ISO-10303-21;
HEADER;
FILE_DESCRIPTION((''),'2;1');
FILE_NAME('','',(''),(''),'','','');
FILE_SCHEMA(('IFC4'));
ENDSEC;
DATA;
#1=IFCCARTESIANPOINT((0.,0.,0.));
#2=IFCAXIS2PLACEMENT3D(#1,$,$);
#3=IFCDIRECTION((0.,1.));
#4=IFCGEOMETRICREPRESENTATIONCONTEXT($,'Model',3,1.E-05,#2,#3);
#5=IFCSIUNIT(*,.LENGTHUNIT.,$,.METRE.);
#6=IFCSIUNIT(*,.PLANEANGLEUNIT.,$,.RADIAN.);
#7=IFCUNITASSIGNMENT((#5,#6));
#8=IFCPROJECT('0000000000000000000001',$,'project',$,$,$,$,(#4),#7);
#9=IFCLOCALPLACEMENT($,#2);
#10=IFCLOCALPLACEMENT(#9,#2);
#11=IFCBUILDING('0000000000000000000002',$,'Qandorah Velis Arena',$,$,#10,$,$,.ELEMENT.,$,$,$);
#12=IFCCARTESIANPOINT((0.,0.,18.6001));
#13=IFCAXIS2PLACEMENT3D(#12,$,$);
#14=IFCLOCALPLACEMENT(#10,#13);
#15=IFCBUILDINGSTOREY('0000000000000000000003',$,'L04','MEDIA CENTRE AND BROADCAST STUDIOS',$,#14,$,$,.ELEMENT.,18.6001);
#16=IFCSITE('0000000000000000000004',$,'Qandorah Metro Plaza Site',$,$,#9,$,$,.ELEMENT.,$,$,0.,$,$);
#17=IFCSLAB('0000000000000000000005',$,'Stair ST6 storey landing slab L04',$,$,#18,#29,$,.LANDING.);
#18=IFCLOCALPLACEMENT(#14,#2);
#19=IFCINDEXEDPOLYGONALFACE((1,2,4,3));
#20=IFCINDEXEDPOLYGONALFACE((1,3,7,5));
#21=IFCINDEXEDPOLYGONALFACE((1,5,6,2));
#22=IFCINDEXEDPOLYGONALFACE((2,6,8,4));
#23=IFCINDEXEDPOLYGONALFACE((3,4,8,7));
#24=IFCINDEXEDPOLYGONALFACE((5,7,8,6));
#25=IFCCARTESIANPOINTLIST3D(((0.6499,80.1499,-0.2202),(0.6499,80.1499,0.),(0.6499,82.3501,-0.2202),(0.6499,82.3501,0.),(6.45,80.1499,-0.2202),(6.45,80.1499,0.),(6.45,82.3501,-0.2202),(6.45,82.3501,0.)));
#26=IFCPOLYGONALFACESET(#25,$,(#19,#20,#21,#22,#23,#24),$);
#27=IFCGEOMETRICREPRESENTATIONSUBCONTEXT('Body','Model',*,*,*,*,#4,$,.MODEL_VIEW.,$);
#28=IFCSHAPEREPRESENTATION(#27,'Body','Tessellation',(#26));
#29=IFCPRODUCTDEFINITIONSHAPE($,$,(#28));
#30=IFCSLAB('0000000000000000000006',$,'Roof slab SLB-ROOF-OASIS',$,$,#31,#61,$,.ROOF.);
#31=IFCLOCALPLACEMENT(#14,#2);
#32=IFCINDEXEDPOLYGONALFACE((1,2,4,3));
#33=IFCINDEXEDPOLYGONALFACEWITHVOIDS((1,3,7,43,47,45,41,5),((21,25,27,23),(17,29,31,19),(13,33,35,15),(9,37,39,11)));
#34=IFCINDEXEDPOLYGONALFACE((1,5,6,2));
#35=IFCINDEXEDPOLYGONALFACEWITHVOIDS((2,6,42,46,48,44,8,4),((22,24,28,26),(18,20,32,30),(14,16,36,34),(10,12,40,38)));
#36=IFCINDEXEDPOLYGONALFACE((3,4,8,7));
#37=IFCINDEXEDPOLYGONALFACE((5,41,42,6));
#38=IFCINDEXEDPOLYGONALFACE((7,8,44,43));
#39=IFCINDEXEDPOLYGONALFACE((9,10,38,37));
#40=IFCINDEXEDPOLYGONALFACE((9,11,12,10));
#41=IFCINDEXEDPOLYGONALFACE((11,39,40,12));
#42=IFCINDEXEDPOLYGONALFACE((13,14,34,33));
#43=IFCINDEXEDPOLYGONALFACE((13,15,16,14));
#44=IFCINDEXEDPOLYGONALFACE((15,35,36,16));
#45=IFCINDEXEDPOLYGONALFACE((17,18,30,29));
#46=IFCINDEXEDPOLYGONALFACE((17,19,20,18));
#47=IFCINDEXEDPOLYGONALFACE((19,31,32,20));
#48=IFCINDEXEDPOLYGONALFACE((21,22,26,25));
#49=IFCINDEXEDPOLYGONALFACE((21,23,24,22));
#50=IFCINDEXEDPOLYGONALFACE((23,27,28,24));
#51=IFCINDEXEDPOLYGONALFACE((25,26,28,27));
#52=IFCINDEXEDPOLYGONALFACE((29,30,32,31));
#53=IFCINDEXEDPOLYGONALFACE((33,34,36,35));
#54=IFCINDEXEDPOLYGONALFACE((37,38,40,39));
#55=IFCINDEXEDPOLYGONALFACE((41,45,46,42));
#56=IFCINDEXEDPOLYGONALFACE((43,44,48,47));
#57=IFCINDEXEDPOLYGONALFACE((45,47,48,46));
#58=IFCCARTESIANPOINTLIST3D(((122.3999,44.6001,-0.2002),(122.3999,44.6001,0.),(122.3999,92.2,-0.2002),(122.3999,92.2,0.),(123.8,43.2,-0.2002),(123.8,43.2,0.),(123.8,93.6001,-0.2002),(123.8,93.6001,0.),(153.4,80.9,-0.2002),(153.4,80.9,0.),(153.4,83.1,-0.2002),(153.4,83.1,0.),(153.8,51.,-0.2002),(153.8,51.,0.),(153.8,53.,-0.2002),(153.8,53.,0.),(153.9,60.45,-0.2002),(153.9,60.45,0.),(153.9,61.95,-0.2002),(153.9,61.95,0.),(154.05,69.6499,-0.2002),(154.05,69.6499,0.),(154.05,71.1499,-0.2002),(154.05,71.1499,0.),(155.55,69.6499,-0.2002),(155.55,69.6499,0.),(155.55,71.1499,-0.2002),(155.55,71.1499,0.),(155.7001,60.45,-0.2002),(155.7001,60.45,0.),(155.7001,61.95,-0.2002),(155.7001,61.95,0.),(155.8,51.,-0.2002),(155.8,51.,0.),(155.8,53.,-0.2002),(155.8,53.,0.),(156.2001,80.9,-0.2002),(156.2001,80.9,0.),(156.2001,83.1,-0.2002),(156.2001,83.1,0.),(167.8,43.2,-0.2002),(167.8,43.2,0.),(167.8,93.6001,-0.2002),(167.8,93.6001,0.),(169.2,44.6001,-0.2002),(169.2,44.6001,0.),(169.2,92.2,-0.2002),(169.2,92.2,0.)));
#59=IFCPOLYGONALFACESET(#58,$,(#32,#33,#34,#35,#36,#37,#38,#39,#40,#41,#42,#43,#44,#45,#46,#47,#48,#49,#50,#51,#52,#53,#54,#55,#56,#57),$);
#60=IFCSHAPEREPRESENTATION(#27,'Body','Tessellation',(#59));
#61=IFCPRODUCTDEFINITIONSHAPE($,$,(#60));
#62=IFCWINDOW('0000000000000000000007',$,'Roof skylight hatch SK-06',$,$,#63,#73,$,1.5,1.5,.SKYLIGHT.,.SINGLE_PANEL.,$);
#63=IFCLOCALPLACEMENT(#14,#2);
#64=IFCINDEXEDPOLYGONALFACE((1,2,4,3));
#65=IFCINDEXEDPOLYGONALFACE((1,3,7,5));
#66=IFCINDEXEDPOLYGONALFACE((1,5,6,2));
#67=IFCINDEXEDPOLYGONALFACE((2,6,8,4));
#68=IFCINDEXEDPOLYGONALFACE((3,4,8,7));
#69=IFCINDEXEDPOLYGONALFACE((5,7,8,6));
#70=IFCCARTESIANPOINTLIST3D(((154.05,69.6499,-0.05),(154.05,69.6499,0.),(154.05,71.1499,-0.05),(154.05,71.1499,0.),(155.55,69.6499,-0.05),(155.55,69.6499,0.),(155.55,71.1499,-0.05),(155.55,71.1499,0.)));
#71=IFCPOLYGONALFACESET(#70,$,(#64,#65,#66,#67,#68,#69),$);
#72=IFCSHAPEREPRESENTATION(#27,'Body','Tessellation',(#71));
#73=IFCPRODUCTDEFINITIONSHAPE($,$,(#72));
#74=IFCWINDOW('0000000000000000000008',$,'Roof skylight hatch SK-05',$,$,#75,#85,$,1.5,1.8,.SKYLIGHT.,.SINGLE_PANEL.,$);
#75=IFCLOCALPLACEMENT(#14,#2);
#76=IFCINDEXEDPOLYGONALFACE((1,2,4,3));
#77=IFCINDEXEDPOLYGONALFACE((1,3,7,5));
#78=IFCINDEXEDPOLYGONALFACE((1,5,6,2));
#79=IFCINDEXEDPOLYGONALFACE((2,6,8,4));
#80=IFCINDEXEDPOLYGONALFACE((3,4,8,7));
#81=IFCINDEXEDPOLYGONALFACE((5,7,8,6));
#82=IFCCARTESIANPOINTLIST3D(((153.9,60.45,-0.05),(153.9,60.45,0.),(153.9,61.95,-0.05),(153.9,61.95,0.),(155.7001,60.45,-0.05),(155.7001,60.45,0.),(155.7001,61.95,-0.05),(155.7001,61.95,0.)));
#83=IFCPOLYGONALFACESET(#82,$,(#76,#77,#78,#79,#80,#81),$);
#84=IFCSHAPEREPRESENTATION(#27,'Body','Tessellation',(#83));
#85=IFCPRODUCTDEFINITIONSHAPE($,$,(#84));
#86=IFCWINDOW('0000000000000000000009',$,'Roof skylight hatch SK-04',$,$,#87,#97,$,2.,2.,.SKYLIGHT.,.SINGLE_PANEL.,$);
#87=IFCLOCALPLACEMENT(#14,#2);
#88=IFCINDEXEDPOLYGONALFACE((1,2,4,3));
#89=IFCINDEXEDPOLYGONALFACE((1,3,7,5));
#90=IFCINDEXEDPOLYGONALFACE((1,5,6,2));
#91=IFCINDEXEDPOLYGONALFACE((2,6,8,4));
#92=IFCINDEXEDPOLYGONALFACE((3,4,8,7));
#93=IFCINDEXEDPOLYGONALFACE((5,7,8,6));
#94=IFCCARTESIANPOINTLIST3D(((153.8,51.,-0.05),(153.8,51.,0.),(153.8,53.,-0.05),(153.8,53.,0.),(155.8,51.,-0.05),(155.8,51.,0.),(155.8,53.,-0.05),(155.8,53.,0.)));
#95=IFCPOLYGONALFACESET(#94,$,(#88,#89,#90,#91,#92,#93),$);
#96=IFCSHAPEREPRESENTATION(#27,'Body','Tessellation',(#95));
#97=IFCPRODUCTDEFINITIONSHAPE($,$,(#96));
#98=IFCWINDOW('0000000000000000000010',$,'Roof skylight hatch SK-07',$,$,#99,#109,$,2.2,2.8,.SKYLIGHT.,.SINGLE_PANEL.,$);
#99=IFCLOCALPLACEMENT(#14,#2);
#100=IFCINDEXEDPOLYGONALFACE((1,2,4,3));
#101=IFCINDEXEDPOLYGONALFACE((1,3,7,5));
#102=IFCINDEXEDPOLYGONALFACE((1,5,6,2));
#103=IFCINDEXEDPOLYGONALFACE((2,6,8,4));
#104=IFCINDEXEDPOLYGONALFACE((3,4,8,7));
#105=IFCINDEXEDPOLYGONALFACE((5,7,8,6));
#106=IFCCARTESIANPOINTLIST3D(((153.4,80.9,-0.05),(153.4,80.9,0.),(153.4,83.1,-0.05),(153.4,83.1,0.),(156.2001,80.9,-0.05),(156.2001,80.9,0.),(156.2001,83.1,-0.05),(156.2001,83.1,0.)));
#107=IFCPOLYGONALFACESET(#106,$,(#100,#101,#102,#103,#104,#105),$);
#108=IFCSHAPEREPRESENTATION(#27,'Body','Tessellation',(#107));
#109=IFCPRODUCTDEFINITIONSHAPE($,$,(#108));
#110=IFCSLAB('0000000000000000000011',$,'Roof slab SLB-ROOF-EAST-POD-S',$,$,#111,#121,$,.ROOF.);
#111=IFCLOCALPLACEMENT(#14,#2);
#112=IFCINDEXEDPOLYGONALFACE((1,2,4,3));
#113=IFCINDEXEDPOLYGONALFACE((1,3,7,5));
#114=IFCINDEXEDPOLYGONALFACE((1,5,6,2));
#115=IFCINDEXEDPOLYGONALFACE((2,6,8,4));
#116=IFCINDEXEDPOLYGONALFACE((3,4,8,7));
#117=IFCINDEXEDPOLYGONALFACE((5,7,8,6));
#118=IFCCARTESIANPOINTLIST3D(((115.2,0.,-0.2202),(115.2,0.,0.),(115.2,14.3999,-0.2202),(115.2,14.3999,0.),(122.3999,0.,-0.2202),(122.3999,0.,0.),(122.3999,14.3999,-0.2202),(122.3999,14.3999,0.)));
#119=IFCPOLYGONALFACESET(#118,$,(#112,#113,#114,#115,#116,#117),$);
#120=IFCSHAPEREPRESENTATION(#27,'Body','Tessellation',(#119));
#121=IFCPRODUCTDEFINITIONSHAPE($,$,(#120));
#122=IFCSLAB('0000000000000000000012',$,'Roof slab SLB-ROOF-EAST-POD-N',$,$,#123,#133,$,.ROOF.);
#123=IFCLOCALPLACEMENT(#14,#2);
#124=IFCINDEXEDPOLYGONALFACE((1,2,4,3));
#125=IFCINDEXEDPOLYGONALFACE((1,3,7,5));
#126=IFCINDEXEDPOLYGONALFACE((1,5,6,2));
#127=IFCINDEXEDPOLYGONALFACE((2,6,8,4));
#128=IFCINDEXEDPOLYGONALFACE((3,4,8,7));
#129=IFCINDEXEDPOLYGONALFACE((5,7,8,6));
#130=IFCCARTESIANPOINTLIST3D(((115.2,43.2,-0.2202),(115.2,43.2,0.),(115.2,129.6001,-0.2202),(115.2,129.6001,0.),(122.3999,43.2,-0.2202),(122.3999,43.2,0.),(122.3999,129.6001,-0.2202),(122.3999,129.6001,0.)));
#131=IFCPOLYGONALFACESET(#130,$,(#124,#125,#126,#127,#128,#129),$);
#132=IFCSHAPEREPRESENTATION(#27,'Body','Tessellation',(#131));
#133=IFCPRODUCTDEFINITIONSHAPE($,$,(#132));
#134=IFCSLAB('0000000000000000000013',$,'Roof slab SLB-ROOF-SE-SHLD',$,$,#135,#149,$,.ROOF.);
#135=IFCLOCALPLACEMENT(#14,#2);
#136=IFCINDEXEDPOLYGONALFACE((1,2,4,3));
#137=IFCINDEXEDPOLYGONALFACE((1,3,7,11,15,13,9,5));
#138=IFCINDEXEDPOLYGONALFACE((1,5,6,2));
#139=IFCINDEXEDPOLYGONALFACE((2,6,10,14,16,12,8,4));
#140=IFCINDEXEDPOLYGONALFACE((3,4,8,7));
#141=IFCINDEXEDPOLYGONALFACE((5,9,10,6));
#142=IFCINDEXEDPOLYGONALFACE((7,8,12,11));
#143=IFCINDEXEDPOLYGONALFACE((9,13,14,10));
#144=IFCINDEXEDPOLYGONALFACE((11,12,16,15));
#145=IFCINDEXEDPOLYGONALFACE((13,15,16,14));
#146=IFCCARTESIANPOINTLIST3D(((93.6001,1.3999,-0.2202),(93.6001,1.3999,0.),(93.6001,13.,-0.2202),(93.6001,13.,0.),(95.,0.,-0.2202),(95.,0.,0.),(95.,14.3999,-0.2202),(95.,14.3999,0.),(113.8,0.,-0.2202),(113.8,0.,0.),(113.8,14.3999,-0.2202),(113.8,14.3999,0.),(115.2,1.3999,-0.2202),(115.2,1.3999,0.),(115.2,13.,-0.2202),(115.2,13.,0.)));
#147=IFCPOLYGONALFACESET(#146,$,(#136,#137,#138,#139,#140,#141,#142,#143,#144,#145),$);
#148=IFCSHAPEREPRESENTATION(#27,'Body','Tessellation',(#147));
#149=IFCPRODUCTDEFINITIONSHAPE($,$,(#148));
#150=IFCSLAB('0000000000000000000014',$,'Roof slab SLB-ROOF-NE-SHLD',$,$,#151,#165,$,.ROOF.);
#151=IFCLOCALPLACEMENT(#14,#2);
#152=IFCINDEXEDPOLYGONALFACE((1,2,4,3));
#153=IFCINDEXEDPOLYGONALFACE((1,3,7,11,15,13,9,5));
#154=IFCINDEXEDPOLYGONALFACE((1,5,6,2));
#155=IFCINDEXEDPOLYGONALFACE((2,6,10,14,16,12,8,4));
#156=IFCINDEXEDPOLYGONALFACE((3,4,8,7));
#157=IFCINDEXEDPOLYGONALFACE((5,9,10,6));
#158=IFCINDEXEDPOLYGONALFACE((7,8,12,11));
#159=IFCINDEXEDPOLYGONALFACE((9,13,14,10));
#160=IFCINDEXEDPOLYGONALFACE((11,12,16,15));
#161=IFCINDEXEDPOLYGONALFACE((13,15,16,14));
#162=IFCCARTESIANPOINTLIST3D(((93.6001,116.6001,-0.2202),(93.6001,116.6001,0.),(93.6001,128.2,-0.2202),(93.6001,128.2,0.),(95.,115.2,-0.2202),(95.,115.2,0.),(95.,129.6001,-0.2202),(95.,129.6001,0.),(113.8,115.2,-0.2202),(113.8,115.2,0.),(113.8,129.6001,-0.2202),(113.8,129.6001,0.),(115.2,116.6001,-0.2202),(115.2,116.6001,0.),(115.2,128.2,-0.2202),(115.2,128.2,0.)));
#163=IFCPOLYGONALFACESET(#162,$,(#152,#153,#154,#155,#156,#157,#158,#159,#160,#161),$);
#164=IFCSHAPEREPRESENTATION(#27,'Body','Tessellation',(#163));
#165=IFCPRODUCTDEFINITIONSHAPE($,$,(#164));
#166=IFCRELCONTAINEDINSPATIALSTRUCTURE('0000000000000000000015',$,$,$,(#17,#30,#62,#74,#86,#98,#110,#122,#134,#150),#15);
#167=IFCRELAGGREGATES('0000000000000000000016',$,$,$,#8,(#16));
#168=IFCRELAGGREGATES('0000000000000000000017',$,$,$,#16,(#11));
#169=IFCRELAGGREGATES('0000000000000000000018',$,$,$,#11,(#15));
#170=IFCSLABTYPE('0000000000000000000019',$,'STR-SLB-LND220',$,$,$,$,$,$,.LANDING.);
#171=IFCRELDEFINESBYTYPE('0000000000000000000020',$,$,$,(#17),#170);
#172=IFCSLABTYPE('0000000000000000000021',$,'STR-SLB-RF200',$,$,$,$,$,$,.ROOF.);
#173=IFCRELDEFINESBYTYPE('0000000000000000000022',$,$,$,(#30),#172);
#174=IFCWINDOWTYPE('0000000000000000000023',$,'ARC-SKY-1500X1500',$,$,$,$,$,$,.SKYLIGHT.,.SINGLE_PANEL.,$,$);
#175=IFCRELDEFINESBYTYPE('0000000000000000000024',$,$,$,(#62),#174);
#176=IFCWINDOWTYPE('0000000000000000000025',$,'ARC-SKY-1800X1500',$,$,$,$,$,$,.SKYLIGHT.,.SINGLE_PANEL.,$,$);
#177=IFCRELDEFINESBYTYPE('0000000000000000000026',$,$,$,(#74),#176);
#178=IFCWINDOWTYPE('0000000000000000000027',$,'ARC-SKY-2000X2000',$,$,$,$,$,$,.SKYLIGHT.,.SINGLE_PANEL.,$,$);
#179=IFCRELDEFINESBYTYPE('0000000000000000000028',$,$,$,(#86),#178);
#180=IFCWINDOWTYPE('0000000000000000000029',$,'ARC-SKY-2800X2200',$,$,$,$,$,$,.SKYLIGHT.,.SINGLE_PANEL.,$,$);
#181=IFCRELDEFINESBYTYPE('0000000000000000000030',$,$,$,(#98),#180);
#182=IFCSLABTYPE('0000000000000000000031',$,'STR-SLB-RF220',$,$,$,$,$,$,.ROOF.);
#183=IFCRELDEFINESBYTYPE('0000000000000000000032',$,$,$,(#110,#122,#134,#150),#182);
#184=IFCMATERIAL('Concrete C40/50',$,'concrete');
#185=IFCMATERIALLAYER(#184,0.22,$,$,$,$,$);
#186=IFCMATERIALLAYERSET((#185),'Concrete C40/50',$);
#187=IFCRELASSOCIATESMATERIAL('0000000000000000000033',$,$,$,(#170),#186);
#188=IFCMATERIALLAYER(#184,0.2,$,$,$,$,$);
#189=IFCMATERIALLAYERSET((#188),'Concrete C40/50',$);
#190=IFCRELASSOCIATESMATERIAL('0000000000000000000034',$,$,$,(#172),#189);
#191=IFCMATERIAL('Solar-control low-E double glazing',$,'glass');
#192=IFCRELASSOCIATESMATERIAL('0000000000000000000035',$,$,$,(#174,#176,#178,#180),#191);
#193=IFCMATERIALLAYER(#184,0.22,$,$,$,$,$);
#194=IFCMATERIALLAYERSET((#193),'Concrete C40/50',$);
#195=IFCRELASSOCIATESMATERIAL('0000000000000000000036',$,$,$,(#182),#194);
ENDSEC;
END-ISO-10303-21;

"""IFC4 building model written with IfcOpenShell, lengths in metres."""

from ifc_helpers import new_model, si_unit, direction, frame, origin, origin_2d, place, context, subcontext, project, spatial, polyline, rectangle, outline, extrude, material, layer, layer_set, type_object, element, fill, save


model = new_model("IFC4")

# Units and contexts
model_context = context("Model", 3, precision=1e-05, world=origin(), true_north=direction((0.0, 1.0)))
body_context = subcontext(model_context, "Body", "Model", "MODEL_VIEW")
ifc_project = project(units=[si_unit("LENGTHUNIT", "METRE"), si_unit("PLANEANGLEUNIT", "RADIAN")], contexts=[model_context])

# Site, building, storey
site_placement = place(None, origin())
site = spatial("IfcSite", under=ifc_project, at=site_placement, Name="Qandorah Metro Plaza Site", CompositionType="ELEMENT", RefElevation=0.0)
building_placement = place(site_placement, origin())
building = spatial("IfcBuilding", under=site, at=building_placement, Name="Qandorah Velis Arena", CompositionType="ELEMENT")
storey_placement = place(building_placement, frame((0.0, 0.0, 18.6001)))
storey = spatial("IfcBuildingStorey", under=building, at=storey_placement, Name="L04", Description="MEDIA CENTRE AND BROADCAST STUDIOS", CompositionType="ELEMENT", Elevation=18.6001)

# Shared definitions
ifc_material_1 = material(Name="Concrete C40/50", Category="concrete")

# Shared definitions
ifc_layer_1 = layer(ifc_material_1, 0.22)
ifc_layer_set_1 = layer_set([ifc_layer_1], Name="Concrete C40/50")
slab_type_1 = type_object("IfcSlabType", Name="STR-SLB-LND220", PredefinedType="LANDING", material=ifc_layer_set_1)

# Slab
slab_1_placement = place(storey_placement, frame((0.0, 0.0, -0.2202)))
element("IfcSlab", 1, at=slab_1_placement, inside=storey, type_object=slab_type_1, Name="Stair ST6 storey landing slab L04", PredefinedType="LANDING", context=body_context, shape_type="SweptSolid", body=[
    extrude(outline(polyline([(0.6499, 80.1499), (6.45, 80.1499), (6.45, 82.3501), (0.6499, 82.3501), (0.6499, 80.1499)])), origin(), (0.0, 0.0, 1.0), 0.2202),
])

# Slab, openings, windows
ifc_layer_2 = layer(ifc_material_1, 0.2)
ifc_layer_set_2 = layer_set([ifc_layer_2], Name="Concrete C40/50")
slab_type_2 = type_object("IfcSlabType", Name="STR-SLB-RF200", PredefinedType="ROOF", material=ifc_layer_set_2)
slab_2_placement = place(storey_placement, frame((0.0, 0.0, -0.2002)))
slab_2 = element("IfcSlab", 2, at=slab_2_placement, inside=storey, type_object=slab_type_2, Name="Roof slab SLB-ROOF-OASIS", PredefinedType="ROOF", context=body_context, shape_type="SweptSolid", body=[
    extrude(outline(polyline([(123.8, 43.2), (167.8, 43.2), (169.2, 44.6001), (169.2, 92.2), (167.8, 93.6001), (123.8, 93.6001), (122.3999, 92.2), (122.3999, 44.6001), (123.8, 43.2)])), origin(), (0.0, 0.0, 1.0), 0.2002),
])
opening_1_placement = place(slab_2_placement, frame((154.8, 52.0, -0.01)))
opening_1 = element("IfcOpeningElement", 3, at=opening_1_placement, cuts=slab_2, PredefinedType="OPENING", context=body_context, shape_type="SweptSolid", body=[
    extrude(rectangle(XDim=2.0, YDim=2.0, at=origin_2d()), origin(), (0.0, 0.0, 1.0), 0.2202),
])
opening_2_placement = place(slab_2_placement, frame((154.8, 61.2, -0.01)))
opening_2 = element("IfcOpeningElement", 4, at=opening_2_placement, cuts=slab_2, PredefinedType="OPENING", context=body_context, shape_type="SweptSolid", body=[
    extrude(rectangle(XDim=1.8, YDim=1.5, at=origin_2d()), origin(), (0.0, 0.0, 1.0), 0.2202),
])
opening_3_placement = place(slab_2_placement, frame((154.8, 70.3999, -0.01)))
opening_3 = element("IfcOpeningElement", 5, at=opening_3_placement, cuts=slab_2, PredefinedType="OPENING", context=body_context, shape_type="SweptSolid", body=[
    extrude(rectangle(XDim=1.5, YDim=1.5, at=origin_2d()), origin(), (0.0, 0.0, 1.0), 0.2202),
])
opening_4_placement = place(slab_2_placement, frame((154.8, 82.0, -0.01)))
opening_4 = element("IfcOpeningElement", 6, at=opening_4_placement, cuts=slab_2, PredefinedType="OPENING", context=body_context, shape_type="SweptSolid", body=[
    extrude(rectangle(XDim=2.8, YDim=2.2, at=origin_2d()), origin(), (0.0, 0.0, 1.0), 0.2202),
])
ifc_material_2 = material(Name="Solar-control low-E double glazing", Category="glass")
window_type_1 = type_object("IfcWindowType", Name="ARC-SKY-1500X1500", PartitioningType="SINGLE_PANEL", PredefinedType="SKYLIGHT", material=ifc_material_2)
window_1_placement = place(opening_3_placement, frame((0.0, 0.0, 0.1602)))
window_1 = element("IfcWindow", 7, at=window_1_placement, inside=storey, type_object=window_type_1, Name="Roof skylight hatch SK-06", OverallHeight=1.5, OverallWidth=1.5, PartitioningType="SINGLE_PANEL", PredefinedType="SKYLIGHT", context=body_context, shape_type="SweptSolid", body=[
    extrude(rectangle(XDim=1.5, YDim=1.5, at=origin_2d()), origin(), (0.0, 0.0, 1.0), 0.05),
])
fill(opening_3, window_1)
window_type_2 = type_object("IfcWindowType", Name="ARC-SKY-1800X1500", PartitioningType="SINGLE_PANEL", PredefinedType="SKYLIGHT", material=ifc_material_2)
window_2_placement = place(opening_2_placement, frame((0.0, 0.0, 0.1602)))
window_2 = element("IfcWindow", 8, at=window_2_placement, inside=storey, type_object=window_type_2, Name="Roof skylight hatch SK-05", OverallHeight=1.5, OverallWidth=1.8, PartitioningType="SINGLE_PANEL", PredefinedType="SKYLIGHT", context=body_context, shape_type="SweptSolid", body=[
    extrude(rectangle(XDim=1.8, YDim=1.5, at=origin_2d()), origin(), (0.0, 0.0, 1.0), 0.05),
])
fill(opening_2, window_2)
window_type_3 = type_object("IfcWindowType", Name="ARC-SKY-2000X2000", PartitioningType="SINGLE_PANEL", PredefinedType="SKYLIGHT", material=ifc_material_2)
window_3_placement = place(opening_1_placement, frame((0.0, 0.0, 0.1602)))
window_3 = element("IfcWindow", 9, at=window_3_placement, inside=storey, type_object=window_type_3, Name="Roof skylight hatch SK-04", OverallHeight=2.0, OverallWidth=2.0, PartitioningType="SINGLE_PANEL", PredefinedType="SKYLIGHT", context=body_context, shape_type="SweptSolid", body=[
    extrude(rectangle(XDim=2.0, YDim=2.0, at=origin_2d()), origin(), (0.0, 0.0, 1.0), 0.05),
])
fill(opening_1, window_3)
window_type_4 = type_object("IfcWindowType", Name="ARC-SKY-2800X2200", PartitioningType="SINGLE_PANEL", PredefinedType="SKYLIGHT", material=ifc_material_2)
window_4_placement = place(opening_4_placement, frame((0.0, 0.0, 0.1602)))
window_4 = element("IfcWindow", 10, at=window_4_placement, inside=storey, type_object=window_type_4, Name="Roof skylight hatch SK-07", OverallHeight=2.2, OverallWidth=2.8, PartitioningType="SINGLE_PANEL", PredefinedType="SKYLIGHT", context=body_context, shape_type="SweptSolid", body=[
    extrude(rectangle(XDim=2.8, YDim=2.2, at=origin_2d()), origin(), (0.0, 0.0, 1.0), 0.05),
])
fill(opening_4, window_4)

# Slabs
ifc_layer_3 = layer(ifc_material_1, 0.22)
ifc_layer_set_3 = layer_set([ifc_layer_3], Name="Concrete C40/50")
slab_type_3 = type_object("IfcSlabType", Name="STR-SLB-RF220", PredefinedType="ROOF", material=ifc_layer_set_3)
slab_3_placement = place(storey_placement, frame((0.0, 0.0, -0.2202)))
element("IfcSlab", 11, at=slab_3_placement, inside=storey, type_object=slab_type_3, Name="Roof slab SLB-ROOF-EAST-POD-S", PredefinedType="ROOF", context=body_context, shape_type="SweptSolid", body=[
    extrude(outline(polyline([(115.2, 0.0), (122.3999, 0.0), (122.3999, 14.3999), (115.2, 14.3999), (115.2, 0.0)])), origin(), (0.0, 0.0, 1.0), 0.2202),
])
slab_4_placement = place(storey_placement, frame((0.0, 0.0, -0.2202)))
element("IfcSlab", 12, at=slab_4_placement, inside=storey, type_object=slab_type_3, Name="Roof slab SLB-ROOF-EAST-POD-N", PredefinedType="ROOF", context=body_context, shape_type="SweptSolid", body=[
    extrude(outline(polyline([(115.2, 43.2), (122.3999, 43.2), (122.3999, 129.6001), (115.2, 129.6001), (115.2, 43.2)])), origin(), (0.0, 0.0, 1.0), 0.2202),
])
slab_5_placement = place(storey_placement, frame((0.0, 0.0, -0.2202)))
element("IfcSlab", 13, at=slab_5_placement, inside=storey, type_object=slab_type_3, Name="Roof slab SLB-ROOF-SE-SHLD", PredefinedType="ROOF", context=body_context, shape_type="SweptSolid", body=[
    extrude(outline(polyline([(95.0, 0.0), (113.8, 0.0), (115.2, 1.3999), (115.2, 13.0), (113.8, 14.3999), (95.0, 14.3999), (93.6001, 13.0), (93.6001, 1.3999), (95.0, 0.0)])), origin(), (0.0, 0.0, 1.0), 0.2202),
])
slab_6_placement = place(storey_placement, frame((0.0, 0.0, -0.2202)))
element("IfcSlab", 14, at=slab_6_placement, inside=storey, type_object=slab_type_3, Name="Roof slab SLB-ROOF-NE-SHLD", PredefinedType="ROOF", context=body_context, shape_type="SweptSolid", body=[
    extrude(outline(polyline([(95.0, 115.2), (113.8, 115.2), (115.2, 116.6001), (115.2, 128.2), (113.8, 129.6001), (95.0, 129.6001), (93.6001, 128.2), (93.6001, 116.6001), (95.0, 115.2)])), origin(), (0.0, 0.0, 1.0), 0.2202),
])

save(model, "model.ifc")
